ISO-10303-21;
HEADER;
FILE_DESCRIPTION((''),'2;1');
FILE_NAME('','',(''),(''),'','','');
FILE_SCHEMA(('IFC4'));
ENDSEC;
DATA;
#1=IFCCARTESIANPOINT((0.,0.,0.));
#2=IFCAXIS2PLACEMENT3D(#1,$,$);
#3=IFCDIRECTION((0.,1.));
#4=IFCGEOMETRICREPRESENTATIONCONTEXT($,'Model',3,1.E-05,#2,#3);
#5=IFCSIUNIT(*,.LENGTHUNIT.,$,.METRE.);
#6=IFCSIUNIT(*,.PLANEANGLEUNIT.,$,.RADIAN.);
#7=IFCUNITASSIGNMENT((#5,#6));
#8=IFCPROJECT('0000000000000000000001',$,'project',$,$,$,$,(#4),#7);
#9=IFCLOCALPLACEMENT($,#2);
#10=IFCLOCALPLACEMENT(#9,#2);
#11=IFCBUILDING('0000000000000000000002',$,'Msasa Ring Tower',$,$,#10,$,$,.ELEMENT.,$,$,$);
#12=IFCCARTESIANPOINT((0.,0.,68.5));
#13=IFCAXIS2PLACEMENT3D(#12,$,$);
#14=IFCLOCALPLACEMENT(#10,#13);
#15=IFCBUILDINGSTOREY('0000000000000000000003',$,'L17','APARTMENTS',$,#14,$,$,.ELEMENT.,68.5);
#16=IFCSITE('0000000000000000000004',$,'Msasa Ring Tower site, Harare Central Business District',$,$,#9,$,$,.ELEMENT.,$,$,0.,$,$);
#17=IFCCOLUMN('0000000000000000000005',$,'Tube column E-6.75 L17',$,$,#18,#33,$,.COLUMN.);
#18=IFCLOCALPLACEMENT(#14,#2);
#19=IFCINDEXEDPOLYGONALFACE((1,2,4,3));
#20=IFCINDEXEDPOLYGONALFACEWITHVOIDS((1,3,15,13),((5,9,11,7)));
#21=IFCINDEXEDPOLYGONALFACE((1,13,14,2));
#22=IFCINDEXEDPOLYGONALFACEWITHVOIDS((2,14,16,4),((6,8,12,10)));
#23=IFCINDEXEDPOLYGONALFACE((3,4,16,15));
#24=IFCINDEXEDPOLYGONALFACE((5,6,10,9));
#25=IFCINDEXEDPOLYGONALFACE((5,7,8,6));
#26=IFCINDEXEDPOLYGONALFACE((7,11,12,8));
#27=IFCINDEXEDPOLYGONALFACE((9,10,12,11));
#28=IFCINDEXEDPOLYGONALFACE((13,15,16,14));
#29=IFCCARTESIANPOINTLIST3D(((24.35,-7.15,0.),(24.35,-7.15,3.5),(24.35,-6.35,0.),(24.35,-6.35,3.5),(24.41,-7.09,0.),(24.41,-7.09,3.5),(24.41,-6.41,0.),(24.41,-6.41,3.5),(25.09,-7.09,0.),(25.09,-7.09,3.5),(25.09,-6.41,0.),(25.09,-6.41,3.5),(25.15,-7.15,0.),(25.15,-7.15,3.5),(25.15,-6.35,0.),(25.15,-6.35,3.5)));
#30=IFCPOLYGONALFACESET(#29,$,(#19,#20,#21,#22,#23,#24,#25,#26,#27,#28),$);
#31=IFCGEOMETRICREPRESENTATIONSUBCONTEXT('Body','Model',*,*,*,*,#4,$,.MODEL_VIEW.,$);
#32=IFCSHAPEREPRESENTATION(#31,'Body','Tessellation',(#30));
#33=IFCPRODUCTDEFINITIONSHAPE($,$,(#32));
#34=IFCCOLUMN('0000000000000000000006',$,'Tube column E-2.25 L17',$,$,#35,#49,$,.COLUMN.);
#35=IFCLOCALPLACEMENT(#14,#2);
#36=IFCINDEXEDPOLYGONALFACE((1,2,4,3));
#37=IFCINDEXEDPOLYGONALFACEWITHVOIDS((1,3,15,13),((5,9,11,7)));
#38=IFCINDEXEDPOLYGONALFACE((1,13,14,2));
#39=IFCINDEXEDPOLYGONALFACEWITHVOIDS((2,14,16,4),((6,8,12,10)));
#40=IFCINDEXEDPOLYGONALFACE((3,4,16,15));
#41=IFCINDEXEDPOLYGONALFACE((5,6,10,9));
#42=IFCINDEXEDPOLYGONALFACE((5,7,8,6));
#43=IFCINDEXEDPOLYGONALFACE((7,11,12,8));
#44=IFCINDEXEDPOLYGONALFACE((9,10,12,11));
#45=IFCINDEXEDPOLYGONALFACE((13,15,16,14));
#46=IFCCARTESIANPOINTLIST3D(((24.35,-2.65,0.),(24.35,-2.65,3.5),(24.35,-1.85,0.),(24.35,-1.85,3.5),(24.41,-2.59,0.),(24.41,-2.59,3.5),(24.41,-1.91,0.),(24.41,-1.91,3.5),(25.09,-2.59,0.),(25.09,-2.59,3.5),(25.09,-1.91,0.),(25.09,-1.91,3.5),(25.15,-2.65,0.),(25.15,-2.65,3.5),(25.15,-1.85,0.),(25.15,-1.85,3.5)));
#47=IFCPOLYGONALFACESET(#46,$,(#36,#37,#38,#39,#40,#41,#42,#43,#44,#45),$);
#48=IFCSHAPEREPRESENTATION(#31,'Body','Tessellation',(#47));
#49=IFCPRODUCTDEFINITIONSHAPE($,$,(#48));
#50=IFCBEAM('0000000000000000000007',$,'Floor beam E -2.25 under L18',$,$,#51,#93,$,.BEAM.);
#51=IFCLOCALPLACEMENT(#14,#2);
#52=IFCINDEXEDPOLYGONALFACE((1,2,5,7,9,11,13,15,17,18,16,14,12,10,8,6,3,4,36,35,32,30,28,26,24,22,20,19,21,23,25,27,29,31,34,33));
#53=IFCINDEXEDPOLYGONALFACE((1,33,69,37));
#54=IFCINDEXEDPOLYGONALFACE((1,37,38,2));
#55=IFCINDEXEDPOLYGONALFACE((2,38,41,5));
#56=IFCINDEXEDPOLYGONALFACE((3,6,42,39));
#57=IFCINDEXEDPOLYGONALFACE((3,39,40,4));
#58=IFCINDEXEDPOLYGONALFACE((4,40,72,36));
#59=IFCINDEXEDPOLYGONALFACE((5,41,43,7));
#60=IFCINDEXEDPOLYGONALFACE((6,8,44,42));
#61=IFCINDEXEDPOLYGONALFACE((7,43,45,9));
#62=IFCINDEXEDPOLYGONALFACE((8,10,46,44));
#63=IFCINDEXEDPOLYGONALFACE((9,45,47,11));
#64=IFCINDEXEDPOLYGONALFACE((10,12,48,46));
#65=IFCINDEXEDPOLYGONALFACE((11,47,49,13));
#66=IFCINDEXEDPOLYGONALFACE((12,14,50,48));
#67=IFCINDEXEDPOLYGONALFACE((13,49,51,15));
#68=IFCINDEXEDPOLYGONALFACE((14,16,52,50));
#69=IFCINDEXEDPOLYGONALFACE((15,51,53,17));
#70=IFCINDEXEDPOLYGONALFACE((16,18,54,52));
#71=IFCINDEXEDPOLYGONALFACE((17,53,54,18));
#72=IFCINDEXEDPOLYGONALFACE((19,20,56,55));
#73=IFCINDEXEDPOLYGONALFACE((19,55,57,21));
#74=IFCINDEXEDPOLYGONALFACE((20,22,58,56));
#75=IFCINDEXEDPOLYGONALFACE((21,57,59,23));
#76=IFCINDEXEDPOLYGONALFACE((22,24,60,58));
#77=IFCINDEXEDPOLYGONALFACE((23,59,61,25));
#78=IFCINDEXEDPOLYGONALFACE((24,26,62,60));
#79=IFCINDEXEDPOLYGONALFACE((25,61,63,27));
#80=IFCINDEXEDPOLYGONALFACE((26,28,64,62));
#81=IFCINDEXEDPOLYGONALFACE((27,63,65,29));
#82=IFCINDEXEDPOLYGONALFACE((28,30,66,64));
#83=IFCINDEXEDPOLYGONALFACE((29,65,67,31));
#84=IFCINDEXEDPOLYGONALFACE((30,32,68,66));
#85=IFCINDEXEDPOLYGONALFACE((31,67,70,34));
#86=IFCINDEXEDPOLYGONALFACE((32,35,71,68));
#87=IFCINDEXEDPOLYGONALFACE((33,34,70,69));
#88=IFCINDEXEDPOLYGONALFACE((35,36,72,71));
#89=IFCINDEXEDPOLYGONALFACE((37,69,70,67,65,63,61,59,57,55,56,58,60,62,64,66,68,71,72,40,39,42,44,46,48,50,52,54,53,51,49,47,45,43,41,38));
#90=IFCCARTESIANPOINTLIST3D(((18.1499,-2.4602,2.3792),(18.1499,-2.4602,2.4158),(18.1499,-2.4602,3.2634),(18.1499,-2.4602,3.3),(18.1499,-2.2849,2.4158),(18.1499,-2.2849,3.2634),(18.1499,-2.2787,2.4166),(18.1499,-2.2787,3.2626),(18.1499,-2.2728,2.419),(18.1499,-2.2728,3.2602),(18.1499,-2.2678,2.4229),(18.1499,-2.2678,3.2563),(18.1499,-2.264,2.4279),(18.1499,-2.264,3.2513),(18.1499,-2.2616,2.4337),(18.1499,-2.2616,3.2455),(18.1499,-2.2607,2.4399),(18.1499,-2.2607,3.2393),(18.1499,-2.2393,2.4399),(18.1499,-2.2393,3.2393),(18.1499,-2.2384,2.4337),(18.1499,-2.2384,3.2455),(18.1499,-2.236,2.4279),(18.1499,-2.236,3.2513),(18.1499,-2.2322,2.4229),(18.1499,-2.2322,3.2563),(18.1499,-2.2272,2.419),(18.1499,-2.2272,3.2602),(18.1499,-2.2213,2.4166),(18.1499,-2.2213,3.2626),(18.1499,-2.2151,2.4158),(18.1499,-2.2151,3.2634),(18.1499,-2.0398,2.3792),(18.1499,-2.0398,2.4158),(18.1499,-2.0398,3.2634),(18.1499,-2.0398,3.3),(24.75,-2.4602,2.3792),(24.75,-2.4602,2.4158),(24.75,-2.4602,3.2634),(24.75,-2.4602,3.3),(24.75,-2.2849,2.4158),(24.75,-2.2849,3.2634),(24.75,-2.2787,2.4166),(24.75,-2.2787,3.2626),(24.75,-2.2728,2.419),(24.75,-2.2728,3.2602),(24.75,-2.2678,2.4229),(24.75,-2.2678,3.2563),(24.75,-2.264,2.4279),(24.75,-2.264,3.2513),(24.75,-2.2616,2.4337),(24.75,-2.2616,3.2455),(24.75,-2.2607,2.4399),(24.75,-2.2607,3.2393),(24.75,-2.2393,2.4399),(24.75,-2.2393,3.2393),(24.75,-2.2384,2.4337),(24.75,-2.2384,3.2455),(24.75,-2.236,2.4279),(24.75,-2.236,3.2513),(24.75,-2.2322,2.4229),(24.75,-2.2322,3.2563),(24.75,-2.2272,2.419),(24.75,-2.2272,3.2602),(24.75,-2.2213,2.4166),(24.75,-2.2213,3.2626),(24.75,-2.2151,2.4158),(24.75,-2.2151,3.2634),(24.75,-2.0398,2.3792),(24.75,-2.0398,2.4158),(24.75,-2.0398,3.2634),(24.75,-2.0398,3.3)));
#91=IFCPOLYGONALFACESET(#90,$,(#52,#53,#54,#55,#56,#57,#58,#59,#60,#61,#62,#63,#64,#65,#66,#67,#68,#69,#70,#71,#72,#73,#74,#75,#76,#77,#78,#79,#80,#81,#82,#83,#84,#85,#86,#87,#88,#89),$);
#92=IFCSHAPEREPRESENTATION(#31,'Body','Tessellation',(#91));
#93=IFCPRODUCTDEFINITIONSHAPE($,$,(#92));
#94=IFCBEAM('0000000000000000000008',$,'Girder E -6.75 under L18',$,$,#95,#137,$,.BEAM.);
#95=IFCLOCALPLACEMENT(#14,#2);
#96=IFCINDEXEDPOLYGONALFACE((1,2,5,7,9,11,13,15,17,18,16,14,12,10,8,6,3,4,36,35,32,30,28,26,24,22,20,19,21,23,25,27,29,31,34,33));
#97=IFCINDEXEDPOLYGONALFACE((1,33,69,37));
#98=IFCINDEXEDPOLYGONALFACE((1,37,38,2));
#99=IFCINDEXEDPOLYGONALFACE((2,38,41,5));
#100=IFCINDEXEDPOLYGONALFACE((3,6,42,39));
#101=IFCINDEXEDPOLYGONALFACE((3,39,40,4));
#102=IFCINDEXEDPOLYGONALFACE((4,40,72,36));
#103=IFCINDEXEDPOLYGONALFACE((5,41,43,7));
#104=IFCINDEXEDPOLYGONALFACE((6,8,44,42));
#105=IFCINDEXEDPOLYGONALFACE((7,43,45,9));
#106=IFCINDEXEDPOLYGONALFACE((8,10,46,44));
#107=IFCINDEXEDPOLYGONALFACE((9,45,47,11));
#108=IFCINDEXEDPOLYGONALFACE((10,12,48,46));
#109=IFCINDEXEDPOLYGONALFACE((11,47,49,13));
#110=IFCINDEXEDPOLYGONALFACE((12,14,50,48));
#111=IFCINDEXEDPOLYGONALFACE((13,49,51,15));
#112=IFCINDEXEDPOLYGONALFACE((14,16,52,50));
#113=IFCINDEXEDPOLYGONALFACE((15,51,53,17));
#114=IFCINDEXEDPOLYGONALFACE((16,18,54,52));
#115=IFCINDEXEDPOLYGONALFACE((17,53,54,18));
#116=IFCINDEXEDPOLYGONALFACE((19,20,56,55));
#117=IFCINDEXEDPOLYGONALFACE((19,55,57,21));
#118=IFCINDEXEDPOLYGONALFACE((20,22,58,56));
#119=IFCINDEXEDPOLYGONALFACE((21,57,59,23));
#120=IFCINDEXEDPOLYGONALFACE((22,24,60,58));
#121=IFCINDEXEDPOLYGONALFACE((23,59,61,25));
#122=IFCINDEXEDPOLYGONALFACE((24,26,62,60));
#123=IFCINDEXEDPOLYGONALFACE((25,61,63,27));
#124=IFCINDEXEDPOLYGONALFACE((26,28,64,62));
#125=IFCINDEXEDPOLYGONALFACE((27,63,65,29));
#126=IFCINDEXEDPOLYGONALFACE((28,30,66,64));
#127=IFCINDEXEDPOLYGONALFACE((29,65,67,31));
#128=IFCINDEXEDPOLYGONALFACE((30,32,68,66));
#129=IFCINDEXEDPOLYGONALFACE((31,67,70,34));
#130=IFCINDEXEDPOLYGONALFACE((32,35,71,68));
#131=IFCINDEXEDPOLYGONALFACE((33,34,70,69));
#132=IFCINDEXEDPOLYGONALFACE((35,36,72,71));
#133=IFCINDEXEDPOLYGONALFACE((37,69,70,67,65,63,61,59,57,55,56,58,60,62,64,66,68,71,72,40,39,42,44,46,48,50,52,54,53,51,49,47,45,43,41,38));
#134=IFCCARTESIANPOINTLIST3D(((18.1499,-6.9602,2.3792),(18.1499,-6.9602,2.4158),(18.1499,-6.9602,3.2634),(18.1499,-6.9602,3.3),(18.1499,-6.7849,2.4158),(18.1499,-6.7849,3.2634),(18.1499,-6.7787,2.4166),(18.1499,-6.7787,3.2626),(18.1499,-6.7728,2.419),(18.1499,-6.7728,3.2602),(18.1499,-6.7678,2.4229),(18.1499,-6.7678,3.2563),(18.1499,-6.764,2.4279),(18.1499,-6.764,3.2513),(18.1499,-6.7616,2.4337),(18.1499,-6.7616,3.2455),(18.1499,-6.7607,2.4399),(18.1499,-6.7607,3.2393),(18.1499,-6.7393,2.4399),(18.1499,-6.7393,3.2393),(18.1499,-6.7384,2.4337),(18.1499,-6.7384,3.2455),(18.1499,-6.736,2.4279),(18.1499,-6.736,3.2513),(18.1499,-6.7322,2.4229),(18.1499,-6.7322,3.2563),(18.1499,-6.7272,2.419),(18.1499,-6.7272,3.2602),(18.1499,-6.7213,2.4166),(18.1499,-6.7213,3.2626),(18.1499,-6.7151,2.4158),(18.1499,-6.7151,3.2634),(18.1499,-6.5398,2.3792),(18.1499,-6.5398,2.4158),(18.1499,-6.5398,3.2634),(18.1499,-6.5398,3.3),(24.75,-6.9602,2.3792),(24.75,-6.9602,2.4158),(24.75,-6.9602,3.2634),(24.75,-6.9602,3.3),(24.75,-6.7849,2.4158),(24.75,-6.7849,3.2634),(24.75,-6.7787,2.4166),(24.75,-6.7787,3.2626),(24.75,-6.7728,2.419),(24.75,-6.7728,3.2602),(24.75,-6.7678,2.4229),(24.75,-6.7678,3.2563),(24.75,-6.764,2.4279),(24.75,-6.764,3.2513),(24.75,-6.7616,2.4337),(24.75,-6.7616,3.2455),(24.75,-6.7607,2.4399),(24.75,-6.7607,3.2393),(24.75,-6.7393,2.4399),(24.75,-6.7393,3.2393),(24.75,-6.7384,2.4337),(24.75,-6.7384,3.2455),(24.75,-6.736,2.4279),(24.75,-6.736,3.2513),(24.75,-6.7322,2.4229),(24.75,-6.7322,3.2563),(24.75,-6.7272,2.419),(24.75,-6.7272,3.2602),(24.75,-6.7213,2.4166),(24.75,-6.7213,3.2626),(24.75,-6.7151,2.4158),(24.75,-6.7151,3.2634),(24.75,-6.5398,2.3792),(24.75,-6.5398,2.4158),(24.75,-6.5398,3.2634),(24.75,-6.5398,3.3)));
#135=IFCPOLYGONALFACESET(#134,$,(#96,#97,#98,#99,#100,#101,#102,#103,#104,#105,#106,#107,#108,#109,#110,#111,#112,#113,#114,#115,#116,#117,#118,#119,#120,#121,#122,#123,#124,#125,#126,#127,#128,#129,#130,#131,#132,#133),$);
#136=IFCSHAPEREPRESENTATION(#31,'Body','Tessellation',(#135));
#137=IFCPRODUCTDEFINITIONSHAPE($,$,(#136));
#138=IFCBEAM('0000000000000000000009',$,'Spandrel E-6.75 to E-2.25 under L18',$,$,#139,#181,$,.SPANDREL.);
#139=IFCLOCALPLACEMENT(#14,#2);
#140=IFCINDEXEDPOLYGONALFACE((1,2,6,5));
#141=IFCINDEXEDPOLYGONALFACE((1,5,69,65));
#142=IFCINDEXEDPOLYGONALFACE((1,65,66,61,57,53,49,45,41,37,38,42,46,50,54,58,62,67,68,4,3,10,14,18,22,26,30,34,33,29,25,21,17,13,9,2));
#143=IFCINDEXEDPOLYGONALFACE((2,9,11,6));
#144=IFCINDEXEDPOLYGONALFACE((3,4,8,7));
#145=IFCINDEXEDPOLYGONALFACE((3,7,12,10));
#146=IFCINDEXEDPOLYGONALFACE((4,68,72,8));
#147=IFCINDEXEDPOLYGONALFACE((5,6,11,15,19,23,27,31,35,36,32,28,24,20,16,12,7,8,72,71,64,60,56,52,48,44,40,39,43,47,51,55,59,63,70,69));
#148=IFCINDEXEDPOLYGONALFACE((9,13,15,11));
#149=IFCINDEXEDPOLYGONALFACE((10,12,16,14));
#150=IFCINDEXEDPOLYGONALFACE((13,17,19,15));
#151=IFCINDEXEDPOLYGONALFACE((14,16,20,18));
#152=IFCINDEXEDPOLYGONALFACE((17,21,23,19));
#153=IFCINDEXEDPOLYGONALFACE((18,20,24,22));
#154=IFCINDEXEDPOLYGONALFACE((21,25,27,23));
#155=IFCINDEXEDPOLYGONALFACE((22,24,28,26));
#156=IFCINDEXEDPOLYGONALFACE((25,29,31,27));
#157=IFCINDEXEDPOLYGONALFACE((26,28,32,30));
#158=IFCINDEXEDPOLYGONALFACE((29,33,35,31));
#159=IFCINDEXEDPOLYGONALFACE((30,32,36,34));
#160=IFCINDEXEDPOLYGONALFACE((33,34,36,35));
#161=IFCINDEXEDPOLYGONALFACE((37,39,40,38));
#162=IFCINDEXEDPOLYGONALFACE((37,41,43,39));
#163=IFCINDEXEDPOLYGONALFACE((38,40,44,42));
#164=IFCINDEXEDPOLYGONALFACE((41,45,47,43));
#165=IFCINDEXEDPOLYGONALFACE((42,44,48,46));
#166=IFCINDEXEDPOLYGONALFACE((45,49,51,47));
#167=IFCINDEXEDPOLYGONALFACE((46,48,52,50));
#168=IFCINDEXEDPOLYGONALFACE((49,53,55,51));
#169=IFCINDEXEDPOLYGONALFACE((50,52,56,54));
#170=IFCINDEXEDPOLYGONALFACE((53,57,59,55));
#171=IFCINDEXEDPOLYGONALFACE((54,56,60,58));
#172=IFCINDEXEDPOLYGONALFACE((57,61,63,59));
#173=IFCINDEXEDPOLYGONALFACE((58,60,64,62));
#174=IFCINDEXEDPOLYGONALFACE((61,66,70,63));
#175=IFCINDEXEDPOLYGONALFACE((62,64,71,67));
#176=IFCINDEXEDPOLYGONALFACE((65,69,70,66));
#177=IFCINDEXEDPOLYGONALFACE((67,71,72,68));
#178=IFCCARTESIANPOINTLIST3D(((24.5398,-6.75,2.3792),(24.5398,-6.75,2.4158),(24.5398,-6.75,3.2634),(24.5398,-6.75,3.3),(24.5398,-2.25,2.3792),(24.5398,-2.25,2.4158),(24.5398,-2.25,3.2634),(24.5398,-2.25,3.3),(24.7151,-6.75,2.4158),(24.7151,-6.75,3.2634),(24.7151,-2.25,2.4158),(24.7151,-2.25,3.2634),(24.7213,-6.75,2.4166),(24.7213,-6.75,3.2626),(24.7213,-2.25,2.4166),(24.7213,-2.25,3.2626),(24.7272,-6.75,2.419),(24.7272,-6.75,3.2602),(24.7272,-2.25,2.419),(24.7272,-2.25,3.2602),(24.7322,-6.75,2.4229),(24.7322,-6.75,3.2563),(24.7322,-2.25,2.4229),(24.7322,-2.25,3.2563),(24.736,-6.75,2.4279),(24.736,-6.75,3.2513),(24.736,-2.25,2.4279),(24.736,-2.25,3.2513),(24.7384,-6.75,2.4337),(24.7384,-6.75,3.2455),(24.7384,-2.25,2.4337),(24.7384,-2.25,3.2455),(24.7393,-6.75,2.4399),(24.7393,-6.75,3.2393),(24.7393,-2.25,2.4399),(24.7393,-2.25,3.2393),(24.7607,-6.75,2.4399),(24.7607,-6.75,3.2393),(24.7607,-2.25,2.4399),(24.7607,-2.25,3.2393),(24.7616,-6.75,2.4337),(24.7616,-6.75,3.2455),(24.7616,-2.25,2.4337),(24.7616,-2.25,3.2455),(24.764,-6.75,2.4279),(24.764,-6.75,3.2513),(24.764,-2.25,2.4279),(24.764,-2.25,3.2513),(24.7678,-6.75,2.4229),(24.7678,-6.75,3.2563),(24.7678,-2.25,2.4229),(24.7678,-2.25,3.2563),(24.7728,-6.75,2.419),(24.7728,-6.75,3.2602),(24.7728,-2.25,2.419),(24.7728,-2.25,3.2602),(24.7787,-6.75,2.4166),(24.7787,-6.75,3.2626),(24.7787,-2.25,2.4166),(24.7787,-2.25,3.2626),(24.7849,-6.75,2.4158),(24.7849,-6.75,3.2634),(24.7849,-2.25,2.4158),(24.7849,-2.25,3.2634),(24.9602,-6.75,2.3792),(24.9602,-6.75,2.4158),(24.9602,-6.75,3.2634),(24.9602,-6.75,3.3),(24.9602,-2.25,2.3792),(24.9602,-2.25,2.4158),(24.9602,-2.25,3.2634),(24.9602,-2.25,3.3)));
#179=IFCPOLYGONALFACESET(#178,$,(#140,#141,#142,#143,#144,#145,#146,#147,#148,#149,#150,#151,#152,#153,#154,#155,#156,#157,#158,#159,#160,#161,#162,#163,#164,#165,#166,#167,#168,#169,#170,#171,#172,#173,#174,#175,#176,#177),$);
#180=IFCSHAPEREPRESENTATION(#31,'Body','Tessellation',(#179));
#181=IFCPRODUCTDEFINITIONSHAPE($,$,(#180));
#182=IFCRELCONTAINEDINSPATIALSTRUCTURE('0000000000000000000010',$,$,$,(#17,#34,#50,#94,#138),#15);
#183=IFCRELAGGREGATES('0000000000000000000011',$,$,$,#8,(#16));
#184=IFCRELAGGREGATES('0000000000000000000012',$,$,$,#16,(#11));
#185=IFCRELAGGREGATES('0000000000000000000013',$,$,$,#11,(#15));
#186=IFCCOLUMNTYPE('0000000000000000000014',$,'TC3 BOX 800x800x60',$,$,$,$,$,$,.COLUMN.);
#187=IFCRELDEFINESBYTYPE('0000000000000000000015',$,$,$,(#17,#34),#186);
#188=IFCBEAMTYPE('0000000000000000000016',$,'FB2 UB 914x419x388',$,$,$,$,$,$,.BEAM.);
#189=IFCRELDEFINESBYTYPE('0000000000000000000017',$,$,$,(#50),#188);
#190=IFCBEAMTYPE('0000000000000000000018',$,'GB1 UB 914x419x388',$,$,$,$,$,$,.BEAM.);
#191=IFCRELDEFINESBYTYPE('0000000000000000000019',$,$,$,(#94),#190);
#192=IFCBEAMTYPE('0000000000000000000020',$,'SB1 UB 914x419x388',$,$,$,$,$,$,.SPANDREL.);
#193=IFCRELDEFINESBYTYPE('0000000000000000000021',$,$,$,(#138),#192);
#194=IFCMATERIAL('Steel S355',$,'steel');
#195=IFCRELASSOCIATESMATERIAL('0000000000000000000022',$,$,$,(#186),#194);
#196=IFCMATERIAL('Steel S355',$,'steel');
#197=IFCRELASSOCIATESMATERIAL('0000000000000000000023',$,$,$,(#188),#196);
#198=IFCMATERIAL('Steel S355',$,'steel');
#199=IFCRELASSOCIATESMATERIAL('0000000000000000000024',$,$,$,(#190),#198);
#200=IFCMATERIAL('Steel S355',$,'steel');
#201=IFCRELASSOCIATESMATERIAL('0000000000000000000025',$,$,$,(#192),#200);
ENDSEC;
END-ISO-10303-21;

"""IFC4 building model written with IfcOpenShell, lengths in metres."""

from ifc_helpers import new_model, si_unit, direction, frame, origin, origin_2d, place, context, subcontext, project, spatial, hollow_rectangle, i_section, extrude, material, material_profile, profile_set, type_object, element, save


model = new_model("IFC4")

# Units and contexts
model_context = context("Model", 3, precision=1e-05, world=origin(), true_north=direction((0.0, 1.0)))
body_context = subcontext(model_context, "Body", "Model", "MODEL_VIEW")
ifc_project = project(units=[si_unit("LENGTHUNIT", "METRE"), si_unit("PLANEANGLEUNIT", "RADIAN")], contexts=[model_context])

# Site, building, storey
site_placement = place(None, origin())
site = spatial("IfcSite", under=ifc_project, at=site_placement, Name="Msasa Ring Tower site, Harare Central Business District", CompositionType="ELEMENT", RefElevation=0.0)
building_placement = place(site_placement, origin())
building = spatial("IfcBuilding", under=site, at=building_placement, Name="Msasa Ring Tower", CompositionType="ELEMENT")
storey_placement = place(building_placement, frame((0.0, 0.0, 68.5)))
storey = spatial("IfcBuildingStorey", under=building, at=storey_placement, Name="L17", Description="APARTMENTS", CompositionType="ELEMENT", Elevation=68.5)

# Columns
ifc_material_1 = material(Name="Steel S355", Category="steel")
ifc_material_profile_1 = material_profile(ifc_material_1, hollow_rectangle(XDim=0.8, YDim=0.8, WallThickness=0.0601, at=origin_2d()), Name="BOX 800x800x60")
ifc_profile_set_1 = profile_set([ifc_material_profile_1], Name="Steel S355")
column_type = type_object("IfcColumnType", Name="TC3 BOX 800x800x60", PredefinedType="COLUMN", material=ifc_profile_set_1)
for number, where, z_axis, x_axis, name in (
    (1, (24.75, -6.75, 0.0), (0.0, 0.0, 1.0), (1.0, 0.0, 0.0), "Tube column E-6.75 L17"),
    (2, (24.75, -2.25, 0.0), (0.0, 0.0, 1.0), (1.0, 0.0, 0.0), "Tube column E-2.25 L17"),
):
    element("IfcColumn", number, at=place(storey_placement, frame(where, z_axis=z_axis, x_axis=x_axis)), inside=storey, type_object=column_type, Name=name, PredefinedType="COLUMN", context=body_context, shape_type="SweptSolid", body=[
        extrude(hollow_rectangle(XDim=0.8, YDim=0.8, WallThickness=0.0601, at=origin_2d()), origin(), (0.0, 0.0, 1.0), 3.5),
    ])

# Beams
ifc_material_2 = material(Name="Steel S355", Category="steel")
ifc_material_profile_2 = material_profile(ifc_material_2, i_section(OverallWidth=0.4204, OverallDepth=0.9209, WebThickness=0.0215, FlangeThickness=0.0366, FilletRadius=0.0242, at=origin_2d()), Name="UB 914x419x388")
ifc_profile_set_2 = profile_set([ifc_material_profile_2], Name="Steel S355")
beam_type_1 = type_object("IfcBeamType", Name="FB2 UB 914x419x388", PredefinedType="BEAM", material=ifc_profile_set_2)
beam_1_placement = place(storey_placement, frame((24.75, -2.25, 2.8396), z_axis=(-1.0, 0.0, 0.0), x_axis=(0.0, -1.0, 0.0)))
element("IfcBeam", 3, at=beam_1_placement, inside=storey, type_object=beam_type_1, Name="Floor beam E -2.25 under L18", PredefinedType="BEAM", context=body_context, shape_type="SweptSolid", body=[
    extrude(i_section(OverallWidth=0.4204, OverallDepth=0.9209, WebThickness=0.0215, FlangeThickness=0.0366, FilletRadius=0.0242, at=origin_2d()), origin(), (0.0, 0.0, 1.0), 6.6001),
])
ifc_material_3 = material(Name="Steel S355", Category="steel")
ifc_material_profile_3 = material_profile(ifc_material_3, i_section(OverallWidth=0.4204, OverallDepth=0.9209, WebThickness=0.0215, FlangeThickness=0.0366, FilletRadius=0.0242, at=origin_2d()), Name="UB 914x419x388")
ifc_profile_set_3 = profile_set([ifc_material_profile_3], Name="Steel S355")
beam_type_2 = type_object("IfcBeamType", Name="GB1 UB 914x419x388", PredefinedType="BEAM", material=ifc_profile_set_3)
beam_2_placement = place(storey_placement, frame((18.1499, -6.75, 2.8396), z_axis=(1.0, 0.0, 0.0), x_axis=(0.0, 1.0, 0.0)))
element("IfcBeam", 4, at=beam_2_placement, inside=storey, type_object=beam_type_2, Name="Girder E -6.75 under L18", PredefinedType="BEAM", context=body_context, shape_type="SweptSolid", body=[
    extrude(i_section(OverallWidth=0.4204, OverallDepth=0.9209, WebThickness=0.0215, FlangeThickness=0.0366, FilletRadius=0.0242, at=origin_2d()), origin(), (0.0, 0.0, 1.0), 6.6001),
])
ifc_material_4 = material(Name="Steel S355", Category="steel")
ifc_material_profile_4 = material_profile(ifc_material_4, i_section(OverallWidth=0.4204, OverallDepth=0.9209, WebThickness=0.0215, FlangeThickness=0.0366, FilletRadius=0.0242, at=origin_2d()), Name="UB 914x419x388")
ifc_profile_set_4 = profile_set([ifc_material_profile_4], Name="Steel S355")
beam_type_3 = type_object("IfcBeamType", Name="SB1 UB 914x419x388", PredefinedType="SPANDREL", material=ifc_profile_set_4)
for number, where, z_axis, x_axis, name in (
    (5, (24.75, -6.75, 2.8396), (0.0, 1.0, 0.0), (-1.0, 0.0, 0.0), "Spandrel E-6.75 to E-2.25 under L18"),
):
    element("IfcBeam", number, at=place(storey_placement, frame(where, z_axis=z_axis, x_axis=x_axis)), inside=storey, type_object=beam_type_3, Name=name, PredefinedType="SPANDREL", context=body_context, shape_type="SweptSolid", body=[
        extrude(i_section(OverallWidth=0.4204, OverallDepth=0.9209, WebThickness=0.0215, FlangeThickness=0.0366, FilletRadius=0.0242, at=origin_2d()), origin(), (0.0, 0.0, 1.0), 4.5),
    ])

save(model, "model.ifc")
